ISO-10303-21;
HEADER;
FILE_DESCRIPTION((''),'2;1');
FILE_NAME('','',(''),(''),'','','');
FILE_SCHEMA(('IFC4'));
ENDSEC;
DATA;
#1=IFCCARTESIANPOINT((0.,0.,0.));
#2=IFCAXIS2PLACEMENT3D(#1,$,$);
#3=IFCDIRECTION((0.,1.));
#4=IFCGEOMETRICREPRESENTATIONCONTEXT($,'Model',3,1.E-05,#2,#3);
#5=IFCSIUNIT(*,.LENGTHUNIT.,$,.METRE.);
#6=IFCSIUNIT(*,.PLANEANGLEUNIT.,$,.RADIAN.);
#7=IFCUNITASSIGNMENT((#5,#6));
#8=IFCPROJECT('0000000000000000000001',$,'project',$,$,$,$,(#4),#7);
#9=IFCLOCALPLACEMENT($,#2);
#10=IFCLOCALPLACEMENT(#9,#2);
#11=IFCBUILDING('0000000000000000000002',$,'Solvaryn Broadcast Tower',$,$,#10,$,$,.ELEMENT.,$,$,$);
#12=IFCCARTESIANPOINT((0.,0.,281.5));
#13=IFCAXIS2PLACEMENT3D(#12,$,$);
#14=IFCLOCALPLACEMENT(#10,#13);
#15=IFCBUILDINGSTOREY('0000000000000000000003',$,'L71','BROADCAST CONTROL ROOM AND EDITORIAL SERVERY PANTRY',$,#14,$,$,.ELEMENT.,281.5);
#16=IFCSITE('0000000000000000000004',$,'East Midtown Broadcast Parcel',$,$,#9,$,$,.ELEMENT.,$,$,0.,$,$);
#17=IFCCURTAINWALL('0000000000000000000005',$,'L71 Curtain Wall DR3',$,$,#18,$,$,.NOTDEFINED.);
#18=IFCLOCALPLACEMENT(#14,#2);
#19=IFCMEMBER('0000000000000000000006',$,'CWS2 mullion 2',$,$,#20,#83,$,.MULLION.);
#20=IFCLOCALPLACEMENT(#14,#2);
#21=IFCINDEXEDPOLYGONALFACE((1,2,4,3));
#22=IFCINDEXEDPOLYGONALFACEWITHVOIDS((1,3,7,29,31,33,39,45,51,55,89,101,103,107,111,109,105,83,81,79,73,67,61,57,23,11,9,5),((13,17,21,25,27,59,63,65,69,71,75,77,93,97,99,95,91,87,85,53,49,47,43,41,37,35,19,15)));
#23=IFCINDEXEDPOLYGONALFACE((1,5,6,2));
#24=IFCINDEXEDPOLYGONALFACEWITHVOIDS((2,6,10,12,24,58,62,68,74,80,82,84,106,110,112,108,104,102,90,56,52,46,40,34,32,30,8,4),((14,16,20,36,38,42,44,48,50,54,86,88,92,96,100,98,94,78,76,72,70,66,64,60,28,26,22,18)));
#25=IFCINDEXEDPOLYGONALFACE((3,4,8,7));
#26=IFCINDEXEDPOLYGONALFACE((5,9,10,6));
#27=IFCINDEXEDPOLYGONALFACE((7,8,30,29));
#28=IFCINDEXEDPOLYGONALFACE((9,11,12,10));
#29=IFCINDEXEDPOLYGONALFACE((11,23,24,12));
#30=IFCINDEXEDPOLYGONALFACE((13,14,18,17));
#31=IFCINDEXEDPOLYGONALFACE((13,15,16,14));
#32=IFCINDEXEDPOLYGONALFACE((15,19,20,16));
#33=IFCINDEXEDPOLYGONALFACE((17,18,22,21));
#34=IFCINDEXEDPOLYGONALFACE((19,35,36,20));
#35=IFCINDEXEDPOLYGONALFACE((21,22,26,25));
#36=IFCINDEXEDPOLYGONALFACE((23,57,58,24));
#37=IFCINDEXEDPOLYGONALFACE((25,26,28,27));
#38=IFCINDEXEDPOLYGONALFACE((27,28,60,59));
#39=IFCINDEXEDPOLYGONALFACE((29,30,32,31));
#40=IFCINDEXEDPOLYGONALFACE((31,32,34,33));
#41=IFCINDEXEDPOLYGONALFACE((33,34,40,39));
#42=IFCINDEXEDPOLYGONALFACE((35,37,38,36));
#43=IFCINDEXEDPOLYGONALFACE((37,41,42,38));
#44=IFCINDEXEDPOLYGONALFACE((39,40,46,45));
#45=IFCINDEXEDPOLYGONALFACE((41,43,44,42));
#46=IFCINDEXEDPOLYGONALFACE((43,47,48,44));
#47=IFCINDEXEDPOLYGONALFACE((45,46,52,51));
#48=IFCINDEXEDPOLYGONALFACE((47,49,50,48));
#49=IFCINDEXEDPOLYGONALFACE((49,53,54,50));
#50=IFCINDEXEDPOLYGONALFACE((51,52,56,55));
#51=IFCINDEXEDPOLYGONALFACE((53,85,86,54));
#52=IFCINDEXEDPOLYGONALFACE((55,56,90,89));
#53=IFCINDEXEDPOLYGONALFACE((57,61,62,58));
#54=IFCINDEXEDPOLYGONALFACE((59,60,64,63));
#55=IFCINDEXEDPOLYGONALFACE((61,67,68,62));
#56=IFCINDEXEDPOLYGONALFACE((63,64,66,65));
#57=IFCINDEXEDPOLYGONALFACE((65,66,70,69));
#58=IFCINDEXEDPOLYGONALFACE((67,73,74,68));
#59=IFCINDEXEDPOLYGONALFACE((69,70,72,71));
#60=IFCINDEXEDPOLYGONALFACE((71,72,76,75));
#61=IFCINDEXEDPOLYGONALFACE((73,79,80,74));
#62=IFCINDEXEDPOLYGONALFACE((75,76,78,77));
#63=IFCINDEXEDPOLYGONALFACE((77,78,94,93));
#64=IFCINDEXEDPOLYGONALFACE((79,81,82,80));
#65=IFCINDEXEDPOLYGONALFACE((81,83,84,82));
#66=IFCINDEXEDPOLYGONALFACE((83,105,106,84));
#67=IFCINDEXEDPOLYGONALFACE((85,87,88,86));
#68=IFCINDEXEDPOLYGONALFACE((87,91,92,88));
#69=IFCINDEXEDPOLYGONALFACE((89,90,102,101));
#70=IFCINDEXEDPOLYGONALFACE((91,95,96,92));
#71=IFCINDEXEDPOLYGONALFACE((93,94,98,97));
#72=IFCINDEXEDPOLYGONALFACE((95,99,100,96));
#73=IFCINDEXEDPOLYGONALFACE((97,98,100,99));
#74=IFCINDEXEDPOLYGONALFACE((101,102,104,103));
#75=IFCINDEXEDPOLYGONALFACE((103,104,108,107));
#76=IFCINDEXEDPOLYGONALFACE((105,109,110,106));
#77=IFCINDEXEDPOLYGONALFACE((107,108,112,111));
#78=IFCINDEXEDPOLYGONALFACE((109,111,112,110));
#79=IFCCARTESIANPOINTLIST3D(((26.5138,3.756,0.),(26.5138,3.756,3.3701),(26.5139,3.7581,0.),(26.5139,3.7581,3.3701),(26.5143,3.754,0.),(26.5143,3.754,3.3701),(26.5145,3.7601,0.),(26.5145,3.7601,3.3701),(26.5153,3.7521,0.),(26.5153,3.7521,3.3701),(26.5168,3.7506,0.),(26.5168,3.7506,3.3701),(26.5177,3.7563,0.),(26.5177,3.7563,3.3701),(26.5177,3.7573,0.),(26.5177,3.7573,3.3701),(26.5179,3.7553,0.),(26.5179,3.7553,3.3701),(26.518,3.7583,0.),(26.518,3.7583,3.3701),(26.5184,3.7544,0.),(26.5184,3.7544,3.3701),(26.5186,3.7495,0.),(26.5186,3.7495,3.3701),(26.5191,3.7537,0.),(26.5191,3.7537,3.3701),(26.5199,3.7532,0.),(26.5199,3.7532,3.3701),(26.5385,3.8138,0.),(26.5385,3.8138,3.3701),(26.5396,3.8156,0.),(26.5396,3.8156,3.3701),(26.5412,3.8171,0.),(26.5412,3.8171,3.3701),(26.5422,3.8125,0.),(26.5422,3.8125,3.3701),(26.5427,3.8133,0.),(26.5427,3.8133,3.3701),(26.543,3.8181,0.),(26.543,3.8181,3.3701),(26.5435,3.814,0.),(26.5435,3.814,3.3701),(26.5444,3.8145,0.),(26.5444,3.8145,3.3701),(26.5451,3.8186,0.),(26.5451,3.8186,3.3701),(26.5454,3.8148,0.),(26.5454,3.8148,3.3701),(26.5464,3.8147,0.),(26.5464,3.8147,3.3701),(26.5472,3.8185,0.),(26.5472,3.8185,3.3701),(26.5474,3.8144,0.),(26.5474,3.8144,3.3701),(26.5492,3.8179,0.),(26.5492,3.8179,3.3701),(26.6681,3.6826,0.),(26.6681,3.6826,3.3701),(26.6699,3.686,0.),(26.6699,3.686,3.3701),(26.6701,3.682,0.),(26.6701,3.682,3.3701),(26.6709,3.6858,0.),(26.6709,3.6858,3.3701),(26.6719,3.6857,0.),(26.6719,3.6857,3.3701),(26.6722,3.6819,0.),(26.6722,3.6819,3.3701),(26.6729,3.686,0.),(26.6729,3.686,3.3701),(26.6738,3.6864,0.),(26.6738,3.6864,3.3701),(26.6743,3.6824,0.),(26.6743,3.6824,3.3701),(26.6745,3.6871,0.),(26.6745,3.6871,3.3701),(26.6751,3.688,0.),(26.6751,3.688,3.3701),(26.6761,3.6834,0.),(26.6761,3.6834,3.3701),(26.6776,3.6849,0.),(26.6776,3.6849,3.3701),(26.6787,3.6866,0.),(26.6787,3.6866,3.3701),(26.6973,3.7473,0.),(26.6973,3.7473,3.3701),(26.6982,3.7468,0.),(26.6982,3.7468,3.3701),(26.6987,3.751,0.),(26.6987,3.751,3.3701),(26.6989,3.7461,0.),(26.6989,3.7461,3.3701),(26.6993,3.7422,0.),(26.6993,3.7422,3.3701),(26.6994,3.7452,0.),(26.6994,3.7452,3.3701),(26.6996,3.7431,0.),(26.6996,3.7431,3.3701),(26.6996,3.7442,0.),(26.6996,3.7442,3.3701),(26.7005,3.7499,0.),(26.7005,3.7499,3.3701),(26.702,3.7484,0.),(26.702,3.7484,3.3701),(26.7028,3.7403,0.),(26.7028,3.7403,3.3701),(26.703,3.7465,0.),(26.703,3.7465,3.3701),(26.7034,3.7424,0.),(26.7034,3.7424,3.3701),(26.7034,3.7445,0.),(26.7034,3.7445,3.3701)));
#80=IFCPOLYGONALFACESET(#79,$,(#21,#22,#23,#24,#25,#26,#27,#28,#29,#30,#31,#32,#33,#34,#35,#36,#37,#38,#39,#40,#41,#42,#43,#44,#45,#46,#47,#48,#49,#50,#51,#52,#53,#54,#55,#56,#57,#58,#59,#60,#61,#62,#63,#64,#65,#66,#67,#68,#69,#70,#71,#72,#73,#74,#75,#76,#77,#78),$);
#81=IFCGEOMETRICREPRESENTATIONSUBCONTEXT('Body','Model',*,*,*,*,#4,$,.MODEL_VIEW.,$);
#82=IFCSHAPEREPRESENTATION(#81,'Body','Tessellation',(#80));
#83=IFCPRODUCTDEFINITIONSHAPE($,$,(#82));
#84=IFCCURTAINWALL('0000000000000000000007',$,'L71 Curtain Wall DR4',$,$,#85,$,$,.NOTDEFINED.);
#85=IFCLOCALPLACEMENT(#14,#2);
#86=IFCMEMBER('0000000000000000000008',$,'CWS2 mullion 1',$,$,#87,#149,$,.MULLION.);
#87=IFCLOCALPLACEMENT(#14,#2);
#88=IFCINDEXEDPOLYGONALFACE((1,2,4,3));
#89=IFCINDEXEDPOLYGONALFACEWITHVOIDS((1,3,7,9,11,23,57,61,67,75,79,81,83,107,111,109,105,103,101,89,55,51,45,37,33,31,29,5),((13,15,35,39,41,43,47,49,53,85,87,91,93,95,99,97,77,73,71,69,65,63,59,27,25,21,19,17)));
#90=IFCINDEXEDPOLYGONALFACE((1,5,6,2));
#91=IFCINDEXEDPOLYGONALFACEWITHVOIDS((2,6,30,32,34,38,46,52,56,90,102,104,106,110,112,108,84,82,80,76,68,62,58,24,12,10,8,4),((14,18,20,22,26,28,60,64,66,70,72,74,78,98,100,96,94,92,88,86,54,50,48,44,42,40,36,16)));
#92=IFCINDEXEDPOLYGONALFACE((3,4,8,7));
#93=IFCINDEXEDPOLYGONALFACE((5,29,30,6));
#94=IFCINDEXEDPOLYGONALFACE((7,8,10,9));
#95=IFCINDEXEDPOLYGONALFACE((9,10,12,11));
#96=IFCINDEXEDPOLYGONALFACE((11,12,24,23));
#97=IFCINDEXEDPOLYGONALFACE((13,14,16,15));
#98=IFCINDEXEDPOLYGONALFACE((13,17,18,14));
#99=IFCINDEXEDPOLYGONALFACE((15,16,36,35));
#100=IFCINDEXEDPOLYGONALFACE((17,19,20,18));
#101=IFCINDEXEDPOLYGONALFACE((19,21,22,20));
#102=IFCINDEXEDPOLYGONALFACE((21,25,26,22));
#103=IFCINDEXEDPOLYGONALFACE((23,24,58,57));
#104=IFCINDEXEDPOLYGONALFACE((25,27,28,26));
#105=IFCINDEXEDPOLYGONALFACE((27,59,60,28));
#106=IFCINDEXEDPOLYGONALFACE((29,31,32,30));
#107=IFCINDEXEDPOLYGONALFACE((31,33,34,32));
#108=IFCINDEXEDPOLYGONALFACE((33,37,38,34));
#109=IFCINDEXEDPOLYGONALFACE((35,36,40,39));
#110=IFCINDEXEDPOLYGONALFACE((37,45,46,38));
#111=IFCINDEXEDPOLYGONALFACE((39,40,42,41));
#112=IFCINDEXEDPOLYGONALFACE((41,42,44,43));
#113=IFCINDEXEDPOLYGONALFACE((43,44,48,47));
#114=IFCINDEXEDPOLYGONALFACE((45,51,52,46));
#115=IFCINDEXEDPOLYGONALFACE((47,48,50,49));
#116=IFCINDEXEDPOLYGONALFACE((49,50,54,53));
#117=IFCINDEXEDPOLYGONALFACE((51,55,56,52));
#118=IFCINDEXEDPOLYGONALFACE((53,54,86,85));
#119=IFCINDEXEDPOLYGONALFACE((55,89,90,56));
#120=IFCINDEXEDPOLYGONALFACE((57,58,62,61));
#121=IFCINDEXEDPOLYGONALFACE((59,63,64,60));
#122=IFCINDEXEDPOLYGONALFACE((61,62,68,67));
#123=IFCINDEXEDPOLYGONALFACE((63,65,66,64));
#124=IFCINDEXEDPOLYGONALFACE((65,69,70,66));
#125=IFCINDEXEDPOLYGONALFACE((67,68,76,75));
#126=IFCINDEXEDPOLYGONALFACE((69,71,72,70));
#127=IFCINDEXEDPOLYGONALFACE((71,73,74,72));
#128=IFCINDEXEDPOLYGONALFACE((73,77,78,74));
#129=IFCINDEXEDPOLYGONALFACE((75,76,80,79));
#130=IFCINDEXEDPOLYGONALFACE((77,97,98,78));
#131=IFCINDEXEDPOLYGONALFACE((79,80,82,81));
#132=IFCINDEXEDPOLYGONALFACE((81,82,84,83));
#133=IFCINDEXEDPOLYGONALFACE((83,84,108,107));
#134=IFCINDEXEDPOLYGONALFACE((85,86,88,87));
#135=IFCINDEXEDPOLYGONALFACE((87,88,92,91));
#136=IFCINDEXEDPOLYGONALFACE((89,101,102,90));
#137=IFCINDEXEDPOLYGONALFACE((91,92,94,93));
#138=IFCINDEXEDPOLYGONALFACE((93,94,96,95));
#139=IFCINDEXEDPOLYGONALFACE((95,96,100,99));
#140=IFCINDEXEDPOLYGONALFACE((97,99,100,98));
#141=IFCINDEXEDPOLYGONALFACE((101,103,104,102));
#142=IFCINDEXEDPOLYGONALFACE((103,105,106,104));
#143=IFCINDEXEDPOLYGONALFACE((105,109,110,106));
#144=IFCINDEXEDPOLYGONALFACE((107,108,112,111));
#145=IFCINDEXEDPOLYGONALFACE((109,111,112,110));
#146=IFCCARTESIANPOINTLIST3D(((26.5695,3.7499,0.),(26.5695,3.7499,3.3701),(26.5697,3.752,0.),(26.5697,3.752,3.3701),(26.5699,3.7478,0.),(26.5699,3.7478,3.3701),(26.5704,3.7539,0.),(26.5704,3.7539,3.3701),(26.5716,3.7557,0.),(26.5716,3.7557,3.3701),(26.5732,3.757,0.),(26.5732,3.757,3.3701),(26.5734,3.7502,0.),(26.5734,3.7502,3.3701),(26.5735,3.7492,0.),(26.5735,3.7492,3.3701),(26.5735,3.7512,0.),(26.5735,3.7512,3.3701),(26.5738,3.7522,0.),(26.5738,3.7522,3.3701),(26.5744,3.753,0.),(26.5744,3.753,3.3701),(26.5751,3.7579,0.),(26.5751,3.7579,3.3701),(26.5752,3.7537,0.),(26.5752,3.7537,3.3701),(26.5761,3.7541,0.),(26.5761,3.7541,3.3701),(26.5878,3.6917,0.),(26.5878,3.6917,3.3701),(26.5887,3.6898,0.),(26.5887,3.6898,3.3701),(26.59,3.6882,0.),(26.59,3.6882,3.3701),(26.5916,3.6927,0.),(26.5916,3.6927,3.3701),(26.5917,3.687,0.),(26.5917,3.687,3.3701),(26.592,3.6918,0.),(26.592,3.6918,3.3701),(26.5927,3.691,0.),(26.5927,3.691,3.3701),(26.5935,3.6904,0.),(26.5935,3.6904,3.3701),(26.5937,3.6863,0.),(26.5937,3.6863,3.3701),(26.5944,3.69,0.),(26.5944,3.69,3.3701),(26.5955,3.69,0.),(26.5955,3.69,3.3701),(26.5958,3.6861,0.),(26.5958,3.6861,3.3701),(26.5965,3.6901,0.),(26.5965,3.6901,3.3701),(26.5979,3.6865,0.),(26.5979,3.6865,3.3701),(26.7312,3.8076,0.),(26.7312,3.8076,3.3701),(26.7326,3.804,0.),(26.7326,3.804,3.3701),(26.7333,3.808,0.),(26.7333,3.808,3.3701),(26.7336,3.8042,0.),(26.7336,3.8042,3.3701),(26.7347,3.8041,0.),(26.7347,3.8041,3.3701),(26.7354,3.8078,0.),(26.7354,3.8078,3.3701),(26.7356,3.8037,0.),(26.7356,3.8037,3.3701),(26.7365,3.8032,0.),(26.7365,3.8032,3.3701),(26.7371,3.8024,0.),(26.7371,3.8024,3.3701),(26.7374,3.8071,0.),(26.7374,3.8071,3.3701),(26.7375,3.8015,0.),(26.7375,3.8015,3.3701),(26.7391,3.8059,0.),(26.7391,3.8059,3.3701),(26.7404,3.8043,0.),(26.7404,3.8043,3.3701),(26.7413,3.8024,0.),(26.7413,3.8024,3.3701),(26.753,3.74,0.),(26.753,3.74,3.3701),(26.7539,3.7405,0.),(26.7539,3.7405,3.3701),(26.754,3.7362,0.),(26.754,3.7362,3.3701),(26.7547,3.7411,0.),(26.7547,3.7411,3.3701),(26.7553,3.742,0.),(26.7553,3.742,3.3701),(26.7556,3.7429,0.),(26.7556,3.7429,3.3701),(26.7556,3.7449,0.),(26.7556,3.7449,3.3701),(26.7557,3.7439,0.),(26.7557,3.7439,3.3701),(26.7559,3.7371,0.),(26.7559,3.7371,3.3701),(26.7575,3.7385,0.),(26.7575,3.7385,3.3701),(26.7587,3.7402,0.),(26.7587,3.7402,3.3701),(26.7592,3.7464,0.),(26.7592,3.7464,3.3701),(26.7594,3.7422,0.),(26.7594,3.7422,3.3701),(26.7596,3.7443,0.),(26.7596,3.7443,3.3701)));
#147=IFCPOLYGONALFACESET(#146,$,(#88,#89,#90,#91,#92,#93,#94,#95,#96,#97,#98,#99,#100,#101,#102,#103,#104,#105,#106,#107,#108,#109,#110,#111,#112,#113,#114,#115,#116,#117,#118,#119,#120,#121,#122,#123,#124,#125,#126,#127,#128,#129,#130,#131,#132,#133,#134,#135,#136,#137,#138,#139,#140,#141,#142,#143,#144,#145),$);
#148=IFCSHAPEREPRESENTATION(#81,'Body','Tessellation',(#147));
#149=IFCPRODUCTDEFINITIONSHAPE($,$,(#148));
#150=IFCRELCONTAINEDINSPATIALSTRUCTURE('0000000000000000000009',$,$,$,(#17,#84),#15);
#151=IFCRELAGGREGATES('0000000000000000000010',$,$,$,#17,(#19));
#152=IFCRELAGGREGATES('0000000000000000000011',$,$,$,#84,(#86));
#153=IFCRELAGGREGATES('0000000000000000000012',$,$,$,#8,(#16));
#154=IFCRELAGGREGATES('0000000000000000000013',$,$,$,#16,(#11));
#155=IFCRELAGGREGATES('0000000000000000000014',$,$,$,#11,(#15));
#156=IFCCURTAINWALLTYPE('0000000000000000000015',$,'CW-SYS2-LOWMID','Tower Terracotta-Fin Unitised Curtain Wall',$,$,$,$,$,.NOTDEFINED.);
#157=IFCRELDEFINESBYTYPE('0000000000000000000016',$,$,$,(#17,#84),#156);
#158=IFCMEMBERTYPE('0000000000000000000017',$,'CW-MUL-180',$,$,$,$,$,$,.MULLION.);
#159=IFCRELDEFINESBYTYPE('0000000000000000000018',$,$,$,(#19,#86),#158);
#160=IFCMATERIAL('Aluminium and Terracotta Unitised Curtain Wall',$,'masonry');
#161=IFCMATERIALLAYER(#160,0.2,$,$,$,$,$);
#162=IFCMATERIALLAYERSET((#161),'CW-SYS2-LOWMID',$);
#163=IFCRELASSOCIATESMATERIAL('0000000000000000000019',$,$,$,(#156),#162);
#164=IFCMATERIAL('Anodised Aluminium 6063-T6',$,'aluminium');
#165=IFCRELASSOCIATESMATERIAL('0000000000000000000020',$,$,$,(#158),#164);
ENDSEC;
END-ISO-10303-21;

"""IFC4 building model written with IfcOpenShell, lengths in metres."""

from ifc_helpers import new_model, si_unit, direction, frame, origin, origin_2d, place, context, subcontext, project, spatial, hollow_rectangle, extrude, material, layer, layer_set, material_profile, profile_set, type_object, element, aggregate, save


model = new_model("IFC4")

# Units and contexts
model_context = context("Model", 3, precision=1e-05, world=origin(), true_north=direction((0.0, 1.0)))
body_context = subcontext(model_context, "Body", "Model", "MODEL_VIEW")
ifc_project = project(units=[si_unit("LENGTHUNIT", "METRE"), si_unit("PLANEANGLEUNIT", "RADIAN")], contexts=[model_context])

# Site, building, storey
site_placement = place(None, origin())
site = spatial("IfcSite", under=ifc_project, at=site_placement, Name="East Midtown Broadcast Parcel", CompositionType="ELEMENT", RefElevation=0.0)
building_placement = place(site_placement, origin())
building = spatial("IfcBuilding", under=site, at=building_placement, Name="Solvaryn Broadcast Tower", CompositionType="ELEMENT")
storey_placement = place(building_placement, frame((0.0, 0.0, 281.5)))
storey = spatial("IfcBuildingStorey", under=building, at=storey_placement, Name="L71", Description="BROADCAST CONTROL ROOM AND EDITORIAL SERVERY PANTRY", CompositionType="ELEMENT", Elevation=281.5)

# Curtain wall, member
ifc_material_1 = material(Name="Aluminium and Terracotta Unitised Curtain Wall", Category="masonry")
ifc_layer_1 = layer(ifc_material_1, 0.2)
ifc_layer_set_1 = layer_set([ifc_layer_1], Name="CW-SYS2-LOWMID")
curtain_wall_type = type_object("IfcCurtainWallType", Name="CW-SYS2-LOWMID", Description="Tower Terracotta-Fin Unitised Curtain Wall", PredefinedType="NOTDEFINED", material=ifc_layer_set_1)
curtain_wall_1_placement = place(storey_placement, origin())
curtain_wall_1 = element("IfcCurtainWall", 1, at=curtain_wall_1_placement, inside=storey, type_object=curtain_wall_type, Name="L71 Curtain Wall DR3", PredefinedType="NOTDEFINED")
ifc_material_2 = material(Name="Anodised Aluminium 6063-T6", Category="aluminium")
ifc_material_profile_1 = material_profile(ifc_material_2, hollow_rectangle(XDim=0.075, YDim=0.1799, WallThickness=0.0039, InnerFilletRadius=0.0039, OuterFilletRadius=0.0081, at=origin_2d()))
ifc_profile_set_1 = profile_set([ifc_material_profile_1], Name="Anodised Aluminium 6063-T6")
member_type_1 = type_object("IfcMemberType", Name="CW-MUL-180", PredefinedType="MULLION", material=ifc_profile_set_1)
member_1_placement = place(storey_placement, frame((26.6086, 3.7502, 0.0), z_axis=(0.0, 0.0, 1.0), x_axis=(0.408466, 0.912774, 0.0)))
member_1 = element("IfcMember", 2, at=member_1_placement, type_object=member_type_1, Name="CWS2 mullion 2", PredefinedType="MULLION", context=body_context, shape_type="SweptSolid", body=[
    extrude(hollow_rectangle(XDim=0.075, YDim=0.1799, WallThickness=0.0039, InnerFilletRadius=0.0039, OuterFilletRadius=0.0081, at=origin_2d()), origin(), (0.0, 0.0, 1.0), 3.3701),
])
aggregate(curtain_wall_1, [member_1])

# Curtain wall, member
curtain_wall_2_placement = place(storey_placement, origin())
curtain_wall_2 = element("IfcCurtainWall", 3, at=curtain_wall_2_placement, inside=storey, type_object=curtain_wall_type, Name="L71 Curtain Wall DR4", PredefinedType="NOTDEFINED")
member_2_placement = place(storey_placement, frame((26.6646, 3.7471, 0.0), z_axis=(0.0, 0.0, 1.0), x_axis=(-0.303616, 0.952795, 0.0)))
member_2 = element("IfcMember", 4, at=member_2_placement, type_object=member_type_1, Name="CWS2 mullion 1", PredefinedType="MULLION", context=body_context, shape_type="SweptSolid", body=[
    extrude(hollow_rectangle(XDim=0.075, YDim=0.1799, WallThickness=0.0039, InnerFilletRadius=0.0039, OuterFilletRadius=0.0081, at=origin_2d()), origin(), (0.0, 0.0, 1.0), 3.3701),
])
aggregate(curtain_wall_2, [member_2])

save(model, "model.ifc")
